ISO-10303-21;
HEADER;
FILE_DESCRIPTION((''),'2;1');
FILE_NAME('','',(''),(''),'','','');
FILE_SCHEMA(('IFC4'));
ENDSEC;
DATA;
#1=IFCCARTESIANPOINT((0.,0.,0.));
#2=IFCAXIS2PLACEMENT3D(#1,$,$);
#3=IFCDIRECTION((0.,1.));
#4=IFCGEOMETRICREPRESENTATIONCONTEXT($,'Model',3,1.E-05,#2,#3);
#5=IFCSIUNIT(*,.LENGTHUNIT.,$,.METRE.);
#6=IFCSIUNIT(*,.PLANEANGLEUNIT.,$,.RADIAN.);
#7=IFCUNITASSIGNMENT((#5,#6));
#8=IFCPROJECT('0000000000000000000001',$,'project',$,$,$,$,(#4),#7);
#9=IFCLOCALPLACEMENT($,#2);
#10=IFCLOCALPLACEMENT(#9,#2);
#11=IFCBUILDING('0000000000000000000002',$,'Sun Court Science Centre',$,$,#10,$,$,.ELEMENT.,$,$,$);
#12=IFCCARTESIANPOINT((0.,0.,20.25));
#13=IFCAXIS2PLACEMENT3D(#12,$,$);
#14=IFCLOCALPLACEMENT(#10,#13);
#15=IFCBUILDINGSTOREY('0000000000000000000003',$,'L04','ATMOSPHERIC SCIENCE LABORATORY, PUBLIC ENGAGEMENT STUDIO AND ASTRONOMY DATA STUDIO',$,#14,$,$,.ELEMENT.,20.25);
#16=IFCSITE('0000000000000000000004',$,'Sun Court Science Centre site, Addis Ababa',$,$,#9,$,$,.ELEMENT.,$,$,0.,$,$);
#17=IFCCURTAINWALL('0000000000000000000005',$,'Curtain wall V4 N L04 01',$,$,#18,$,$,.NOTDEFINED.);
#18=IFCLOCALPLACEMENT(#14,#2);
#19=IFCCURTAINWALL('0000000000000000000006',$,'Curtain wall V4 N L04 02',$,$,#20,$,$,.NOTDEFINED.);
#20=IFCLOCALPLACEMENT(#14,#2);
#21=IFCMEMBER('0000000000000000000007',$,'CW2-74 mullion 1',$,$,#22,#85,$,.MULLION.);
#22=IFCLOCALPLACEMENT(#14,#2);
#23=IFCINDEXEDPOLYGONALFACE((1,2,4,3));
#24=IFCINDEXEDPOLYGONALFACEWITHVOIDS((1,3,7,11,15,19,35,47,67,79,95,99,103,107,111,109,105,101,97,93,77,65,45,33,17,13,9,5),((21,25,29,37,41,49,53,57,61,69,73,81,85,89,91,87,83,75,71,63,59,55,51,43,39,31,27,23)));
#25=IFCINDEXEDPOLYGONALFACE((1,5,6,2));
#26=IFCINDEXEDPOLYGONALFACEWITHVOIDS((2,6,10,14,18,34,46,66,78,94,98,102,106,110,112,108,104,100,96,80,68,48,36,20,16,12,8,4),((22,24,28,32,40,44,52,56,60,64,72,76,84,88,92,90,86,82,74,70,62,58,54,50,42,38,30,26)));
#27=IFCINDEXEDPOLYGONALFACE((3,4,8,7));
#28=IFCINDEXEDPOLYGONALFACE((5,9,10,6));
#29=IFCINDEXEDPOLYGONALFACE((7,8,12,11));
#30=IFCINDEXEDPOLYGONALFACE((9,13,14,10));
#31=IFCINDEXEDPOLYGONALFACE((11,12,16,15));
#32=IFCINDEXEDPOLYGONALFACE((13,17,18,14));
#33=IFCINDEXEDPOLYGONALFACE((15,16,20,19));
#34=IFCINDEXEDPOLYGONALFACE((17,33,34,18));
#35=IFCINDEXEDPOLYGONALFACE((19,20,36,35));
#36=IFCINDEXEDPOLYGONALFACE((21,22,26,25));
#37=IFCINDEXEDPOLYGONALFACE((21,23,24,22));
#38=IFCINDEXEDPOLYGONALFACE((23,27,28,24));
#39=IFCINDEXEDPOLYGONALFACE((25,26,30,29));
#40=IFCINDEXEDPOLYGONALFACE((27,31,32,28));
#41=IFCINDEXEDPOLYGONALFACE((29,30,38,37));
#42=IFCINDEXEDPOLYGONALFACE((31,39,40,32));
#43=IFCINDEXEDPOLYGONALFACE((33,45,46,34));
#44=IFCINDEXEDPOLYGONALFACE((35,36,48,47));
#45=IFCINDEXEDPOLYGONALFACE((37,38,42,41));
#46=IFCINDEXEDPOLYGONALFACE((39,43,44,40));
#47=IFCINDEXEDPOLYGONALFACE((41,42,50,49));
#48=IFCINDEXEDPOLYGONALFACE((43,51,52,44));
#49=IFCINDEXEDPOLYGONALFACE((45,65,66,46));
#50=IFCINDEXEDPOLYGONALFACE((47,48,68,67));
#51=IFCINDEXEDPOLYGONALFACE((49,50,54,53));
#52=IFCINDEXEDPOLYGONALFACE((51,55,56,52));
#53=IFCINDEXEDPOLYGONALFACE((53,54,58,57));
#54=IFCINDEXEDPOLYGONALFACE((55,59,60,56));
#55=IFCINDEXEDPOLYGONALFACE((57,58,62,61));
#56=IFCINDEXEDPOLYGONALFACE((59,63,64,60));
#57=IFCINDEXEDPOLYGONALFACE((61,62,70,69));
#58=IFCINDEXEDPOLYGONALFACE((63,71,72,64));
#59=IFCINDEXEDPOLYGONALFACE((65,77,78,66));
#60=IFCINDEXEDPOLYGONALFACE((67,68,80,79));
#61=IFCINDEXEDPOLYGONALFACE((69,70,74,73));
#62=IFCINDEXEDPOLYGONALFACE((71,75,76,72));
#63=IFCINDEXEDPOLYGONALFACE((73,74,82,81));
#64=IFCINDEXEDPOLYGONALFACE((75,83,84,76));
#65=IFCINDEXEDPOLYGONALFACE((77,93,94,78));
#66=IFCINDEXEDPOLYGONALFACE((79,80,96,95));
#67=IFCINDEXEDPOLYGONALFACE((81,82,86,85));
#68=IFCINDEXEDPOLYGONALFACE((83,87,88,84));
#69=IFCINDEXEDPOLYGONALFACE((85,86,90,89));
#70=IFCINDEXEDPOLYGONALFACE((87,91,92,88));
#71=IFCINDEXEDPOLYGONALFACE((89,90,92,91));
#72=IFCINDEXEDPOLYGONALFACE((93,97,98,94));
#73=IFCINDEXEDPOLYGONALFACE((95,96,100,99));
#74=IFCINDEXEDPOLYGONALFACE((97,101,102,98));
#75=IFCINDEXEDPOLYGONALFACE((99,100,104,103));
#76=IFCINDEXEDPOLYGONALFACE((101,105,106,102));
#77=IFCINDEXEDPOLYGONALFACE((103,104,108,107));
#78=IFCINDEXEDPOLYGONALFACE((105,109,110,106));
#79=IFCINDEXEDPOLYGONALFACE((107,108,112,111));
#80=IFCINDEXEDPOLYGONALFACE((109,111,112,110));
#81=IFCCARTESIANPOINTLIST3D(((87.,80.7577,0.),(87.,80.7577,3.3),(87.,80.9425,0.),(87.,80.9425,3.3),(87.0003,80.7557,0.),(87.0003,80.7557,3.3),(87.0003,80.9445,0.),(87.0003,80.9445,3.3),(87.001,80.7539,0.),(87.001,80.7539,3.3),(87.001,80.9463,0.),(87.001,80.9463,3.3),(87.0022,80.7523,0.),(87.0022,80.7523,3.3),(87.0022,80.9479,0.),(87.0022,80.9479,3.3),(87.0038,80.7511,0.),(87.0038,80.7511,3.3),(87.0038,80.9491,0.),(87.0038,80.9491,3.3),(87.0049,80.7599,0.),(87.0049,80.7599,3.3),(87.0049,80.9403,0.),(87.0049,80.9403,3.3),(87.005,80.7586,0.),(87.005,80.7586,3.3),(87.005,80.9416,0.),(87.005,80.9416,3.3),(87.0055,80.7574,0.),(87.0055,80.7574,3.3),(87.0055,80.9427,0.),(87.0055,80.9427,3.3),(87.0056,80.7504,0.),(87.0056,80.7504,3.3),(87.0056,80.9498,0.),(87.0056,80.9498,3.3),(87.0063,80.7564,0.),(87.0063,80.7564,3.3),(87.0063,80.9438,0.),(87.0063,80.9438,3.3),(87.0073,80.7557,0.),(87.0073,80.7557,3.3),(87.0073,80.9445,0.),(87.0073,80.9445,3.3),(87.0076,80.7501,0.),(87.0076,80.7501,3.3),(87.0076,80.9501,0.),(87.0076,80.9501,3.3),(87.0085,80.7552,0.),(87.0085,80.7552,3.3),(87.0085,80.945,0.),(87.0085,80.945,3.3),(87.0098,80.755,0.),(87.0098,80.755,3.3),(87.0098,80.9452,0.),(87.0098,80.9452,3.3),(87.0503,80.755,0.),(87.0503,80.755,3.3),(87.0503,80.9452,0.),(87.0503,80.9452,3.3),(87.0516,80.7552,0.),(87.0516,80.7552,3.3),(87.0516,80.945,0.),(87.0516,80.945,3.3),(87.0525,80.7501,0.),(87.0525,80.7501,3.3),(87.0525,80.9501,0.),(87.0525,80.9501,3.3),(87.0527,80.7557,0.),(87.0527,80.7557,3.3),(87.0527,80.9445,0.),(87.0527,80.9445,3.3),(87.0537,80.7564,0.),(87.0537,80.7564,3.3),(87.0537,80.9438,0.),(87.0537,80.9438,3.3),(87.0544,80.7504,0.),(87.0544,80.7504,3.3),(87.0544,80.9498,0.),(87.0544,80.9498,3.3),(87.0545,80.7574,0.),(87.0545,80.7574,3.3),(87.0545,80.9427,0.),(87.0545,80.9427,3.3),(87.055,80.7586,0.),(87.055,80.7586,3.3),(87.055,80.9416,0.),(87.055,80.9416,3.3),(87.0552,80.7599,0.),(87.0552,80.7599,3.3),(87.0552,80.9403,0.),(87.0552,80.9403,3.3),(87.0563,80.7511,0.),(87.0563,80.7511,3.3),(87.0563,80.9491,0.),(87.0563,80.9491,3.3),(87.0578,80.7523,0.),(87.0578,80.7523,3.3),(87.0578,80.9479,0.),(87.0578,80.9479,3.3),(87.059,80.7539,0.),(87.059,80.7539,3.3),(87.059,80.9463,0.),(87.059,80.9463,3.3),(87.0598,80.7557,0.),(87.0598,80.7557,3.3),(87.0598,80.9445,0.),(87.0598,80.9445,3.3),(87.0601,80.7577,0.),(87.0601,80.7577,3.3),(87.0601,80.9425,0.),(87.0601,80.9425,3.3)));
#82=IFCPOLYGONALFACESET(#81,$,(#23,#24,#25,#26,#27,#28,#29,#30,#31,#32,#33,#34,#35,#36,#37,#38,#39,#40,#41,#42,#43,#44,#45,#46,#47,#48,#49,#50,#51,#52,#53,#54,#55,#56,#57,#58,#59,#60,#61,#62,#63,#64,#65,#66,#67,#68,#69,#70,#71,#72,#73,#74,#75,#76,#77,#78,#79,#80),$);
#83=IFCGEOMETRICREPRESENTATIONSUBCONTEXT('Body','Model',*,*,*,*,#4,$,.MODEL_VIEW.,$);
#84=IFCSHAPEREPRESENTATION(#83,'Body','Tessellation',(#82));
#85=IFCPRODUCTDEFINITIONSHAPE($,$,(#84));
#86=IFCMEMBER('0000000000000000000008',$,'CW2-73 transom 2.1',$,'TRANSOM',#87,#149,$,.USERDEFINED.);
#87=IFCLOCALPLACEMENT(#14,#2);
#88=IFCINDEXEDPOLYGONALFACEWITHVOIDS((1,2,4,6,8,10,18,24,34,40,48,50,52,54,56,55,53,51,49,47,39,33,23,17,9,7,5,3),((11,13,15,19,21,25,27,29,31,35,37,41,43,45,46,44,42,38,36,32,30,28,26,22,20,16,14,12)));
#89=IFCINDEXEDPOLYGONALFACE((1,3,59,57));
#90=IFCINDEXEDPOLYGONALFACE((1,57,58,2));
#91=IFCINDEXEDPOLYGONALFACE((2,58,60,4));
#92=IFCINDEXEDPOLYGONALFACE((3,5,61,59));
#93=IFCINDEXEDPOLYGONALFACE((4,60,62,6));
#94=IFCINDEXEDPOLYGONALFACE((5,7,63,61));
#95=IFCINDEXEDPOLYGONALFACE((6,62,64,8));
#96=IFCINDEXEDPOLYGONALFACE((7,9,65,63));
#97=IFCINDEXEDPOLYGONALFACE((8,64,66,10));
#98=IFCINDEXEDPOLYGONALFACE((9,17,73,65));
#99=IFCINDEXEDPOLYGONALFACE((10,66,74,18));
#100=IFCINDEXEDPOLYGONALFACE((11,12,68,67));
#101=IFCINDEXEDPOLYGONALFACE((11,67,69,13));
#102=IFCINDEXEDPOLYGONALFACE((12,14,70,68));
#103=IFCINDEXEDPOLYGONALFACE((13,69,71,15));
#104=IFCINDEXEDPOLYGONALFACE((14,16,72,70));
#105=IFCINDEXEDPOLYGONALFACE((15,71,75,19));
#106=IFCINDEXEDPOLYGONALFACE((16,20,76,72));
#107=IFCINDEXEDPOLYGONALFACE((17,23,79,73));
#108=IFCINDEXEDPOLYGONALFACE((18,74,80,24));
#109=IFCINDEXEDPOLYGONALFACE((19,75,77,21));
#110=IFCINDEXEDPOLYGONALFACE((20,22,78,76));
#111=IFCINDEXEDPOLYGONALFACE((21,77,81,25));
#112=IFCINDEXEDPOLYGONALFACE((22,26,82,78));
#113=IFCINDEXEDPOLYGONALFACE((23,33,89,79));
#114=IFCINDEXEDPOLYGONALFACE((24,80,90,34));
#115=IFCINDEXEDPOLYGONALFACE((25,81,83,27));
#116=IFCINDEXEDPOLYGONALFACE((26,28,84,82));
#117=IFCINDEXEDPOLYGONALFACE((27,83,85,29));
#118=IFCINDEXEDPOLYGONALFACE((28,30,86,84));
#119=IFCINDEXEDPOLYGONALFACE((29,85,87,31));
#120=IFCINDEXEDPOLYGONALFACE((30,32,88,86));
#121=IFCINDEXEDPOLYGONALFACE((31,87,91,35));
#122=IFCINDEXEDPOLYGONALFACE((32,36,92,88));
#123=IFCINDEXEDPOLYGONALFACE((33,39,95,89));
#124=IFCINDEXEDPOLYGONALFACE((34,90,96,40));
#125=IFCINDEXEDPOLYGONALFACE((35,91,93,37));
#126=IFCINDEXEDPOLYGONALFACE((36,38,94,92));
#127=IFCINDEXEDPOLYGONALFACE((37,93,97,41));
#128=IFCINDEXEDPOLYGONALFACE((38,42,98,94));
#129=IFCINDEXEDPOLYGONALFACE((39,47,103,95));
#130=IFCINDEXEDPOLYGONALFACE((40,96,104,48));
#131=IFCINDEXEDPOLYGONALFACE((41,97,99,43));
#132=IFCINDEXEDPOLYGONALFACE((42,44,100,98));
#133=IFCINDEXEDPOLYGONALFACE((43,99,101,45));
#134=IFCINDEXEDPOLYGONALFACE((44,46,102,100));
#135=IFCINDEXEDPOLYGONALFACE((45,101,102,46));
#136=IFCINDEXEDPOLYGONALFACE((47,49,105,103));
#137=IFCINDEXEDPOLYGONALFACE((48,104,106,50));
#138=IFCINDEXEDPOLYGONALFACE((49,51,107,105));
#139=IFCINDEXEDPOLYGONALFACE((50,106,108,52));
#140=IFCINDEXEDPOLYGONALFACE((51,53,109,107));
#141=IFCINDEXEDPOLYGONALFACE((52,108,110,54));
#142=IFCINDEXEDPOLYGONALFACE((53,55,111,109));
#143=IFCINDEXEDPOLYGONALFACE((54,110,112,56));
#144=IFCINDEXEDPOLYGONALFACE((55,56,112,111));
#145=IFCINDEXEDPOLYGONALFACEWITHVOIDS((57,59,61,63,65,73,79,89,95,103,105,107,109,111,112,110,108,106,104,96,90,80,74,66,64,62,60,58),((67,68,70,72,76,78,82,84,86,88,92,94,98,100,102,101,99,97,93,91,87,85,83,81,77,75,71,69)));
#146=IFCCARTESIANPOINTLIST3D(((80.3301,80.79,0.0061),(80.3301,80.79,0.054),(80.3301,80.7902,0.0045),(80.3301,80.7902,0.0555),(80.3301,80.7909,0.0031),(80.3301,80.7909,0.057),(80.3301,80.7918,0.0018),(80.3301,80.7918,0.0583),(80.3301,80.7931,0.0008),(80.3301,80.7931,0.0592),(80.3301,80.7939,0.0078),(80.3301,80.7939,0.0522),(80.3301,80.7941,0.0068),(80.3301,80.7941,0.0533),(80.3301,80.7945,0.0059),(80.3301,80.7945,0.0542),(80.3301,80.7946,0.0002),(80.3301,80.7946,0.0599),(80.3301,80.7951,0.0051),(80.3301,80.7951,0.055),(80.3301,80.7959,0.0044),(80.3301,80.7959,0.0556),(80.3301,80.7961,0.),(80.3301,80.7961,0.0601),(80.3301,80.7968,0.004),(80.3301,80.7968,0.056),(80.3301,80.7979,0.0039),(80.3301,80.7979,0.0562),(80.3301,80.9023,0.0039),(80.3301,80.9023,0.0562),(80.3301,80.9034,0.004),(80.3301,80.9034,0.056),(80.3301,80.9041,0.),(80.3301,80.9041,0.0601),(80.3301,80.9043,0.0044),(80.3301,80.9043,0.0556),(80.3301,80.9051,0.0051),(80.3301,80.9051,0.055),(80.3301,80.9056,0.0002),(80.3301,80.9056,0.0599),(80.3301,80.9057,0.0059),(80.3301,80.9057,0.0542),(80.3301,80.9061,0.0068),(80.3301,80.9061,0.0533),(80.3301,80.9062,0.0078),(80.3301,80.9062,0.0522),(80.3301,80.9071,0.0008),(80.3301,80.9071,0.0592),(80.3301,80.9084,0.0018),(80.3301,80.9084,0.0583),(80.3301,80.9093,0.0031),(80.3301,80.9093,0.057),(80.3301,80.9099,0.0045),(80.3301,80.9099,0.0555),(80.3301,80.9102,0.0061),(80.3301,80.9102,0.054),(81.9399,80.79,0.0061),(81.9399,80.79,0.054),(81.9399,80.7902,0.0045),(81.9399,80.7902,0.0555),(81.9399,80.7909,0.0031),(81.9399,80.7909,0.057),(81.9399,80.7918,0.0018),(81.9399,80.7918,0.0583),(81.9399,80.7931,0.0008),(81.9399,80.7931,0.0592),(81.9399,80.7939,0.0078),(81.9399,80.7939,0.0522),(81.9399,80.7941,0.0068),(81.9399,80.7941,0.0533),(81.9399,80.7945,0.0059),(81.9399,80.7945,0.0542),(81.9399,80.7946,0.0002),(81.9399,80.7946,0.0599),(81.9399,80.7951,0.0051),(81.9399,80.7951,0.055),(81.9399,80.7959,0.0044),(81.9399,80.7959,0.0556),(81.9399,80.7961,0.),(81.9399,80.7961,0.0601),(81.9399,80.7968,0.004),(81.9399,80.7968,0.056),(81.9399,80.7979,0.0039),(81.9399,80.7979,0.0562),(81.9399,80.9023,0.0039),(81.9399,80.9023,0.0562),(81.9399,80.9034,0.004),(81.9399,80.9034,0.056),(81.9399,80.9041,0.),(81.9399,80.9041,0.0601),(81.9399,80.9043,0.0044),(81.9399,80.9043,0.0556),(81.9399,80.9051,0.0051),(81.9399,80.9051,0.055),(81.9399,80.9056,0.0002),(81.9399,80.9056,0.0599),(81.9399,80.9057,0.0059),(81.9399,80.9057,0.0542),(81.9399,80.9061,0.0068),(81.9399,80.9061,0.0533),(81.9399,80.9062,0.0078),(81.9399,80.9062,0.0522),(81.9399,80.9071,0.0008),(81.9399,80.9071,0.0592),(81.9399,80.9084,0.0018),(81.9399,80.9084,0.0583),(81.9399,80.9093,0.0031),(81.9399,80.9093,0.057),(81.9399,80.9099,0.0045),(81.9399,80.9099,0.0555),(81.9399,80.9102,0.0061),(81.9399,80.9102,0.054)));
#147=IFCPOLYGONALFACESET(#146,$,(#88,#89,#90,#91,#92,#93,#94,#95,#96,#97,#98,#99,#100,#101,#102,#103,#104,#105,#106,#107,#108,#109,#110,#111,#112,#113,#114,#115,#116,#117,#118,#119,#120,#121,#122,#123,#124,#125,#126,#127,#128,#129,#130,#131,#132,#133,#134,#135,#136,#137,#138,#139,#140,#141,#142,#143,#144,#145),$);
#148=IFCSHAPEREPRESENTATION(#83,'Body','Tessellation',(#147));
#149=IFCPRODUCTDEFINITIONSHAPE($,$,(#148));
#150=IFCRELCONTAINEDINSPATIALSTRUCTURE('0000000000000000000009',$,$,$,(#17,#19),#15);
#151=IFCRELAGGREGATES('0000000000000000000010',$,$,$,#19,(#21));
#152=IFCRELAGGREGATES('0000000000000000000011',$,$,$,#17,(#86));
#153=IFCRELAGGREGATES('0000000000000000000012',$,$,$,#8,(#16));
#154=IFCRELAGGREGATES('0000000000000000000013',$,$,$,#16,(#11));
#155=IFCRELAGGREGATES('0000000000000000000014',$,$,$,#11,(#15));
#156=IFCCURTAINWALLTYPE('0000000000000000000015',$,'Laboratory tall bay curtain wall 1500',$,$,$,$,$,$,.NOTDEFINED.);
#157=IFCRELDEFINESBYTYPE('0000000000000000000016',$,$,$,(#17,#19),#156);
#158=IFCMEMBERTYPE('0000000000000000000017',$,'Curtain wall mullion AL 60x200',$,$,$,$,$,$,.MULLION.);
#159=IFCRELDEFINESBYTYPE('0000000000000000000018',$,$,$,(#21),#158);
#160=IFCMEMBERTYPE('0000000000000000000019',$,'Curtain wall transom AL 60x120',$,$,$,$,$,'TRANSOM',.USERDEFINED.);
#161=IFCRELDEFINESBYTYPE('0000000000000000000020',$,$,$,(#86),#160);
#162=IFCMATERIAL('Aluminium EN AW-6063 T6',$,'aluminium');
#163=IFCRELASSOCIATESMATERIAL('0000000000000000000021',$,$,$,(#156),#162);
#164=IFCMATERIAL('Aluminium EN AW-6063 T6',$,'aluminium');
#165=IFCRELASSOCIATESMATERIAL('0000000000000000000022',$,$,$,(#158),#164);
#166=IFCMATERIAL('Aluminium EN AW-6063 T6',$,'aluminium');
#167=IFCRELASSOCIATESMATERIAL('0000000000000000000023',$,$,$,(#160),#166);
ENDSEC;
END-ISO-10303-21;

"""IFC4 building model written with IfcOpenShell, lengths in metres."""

from ifc_helpers import new_model, si_unit, direction, frame, origin, origin_2d, place, context, subcontext, project, spatial, hollow_rectangle, extrude, material, material_profile, profile_set, type_object, element, aggregate, save


model = new_model("IFC4")

# Units and contexts
model_context = context("Model", 3, precision=1e-05, world=origin(), true_north=direction((0.0, 1.0)))
body_context = subcontext(model_context, "Body", "Model", "MODEL_VIEW")
ifc_project = project(units=[si_unit("LENGTHUNIT", "METRE"), si_unit("PLANEANGLEUNIT", "RADIAN")], contexts=[model_context])

# Site, building, storey
site_placement = place(None, origin())
site = spatial("IfcSite", under=ifc_project, at=site_placement, Name="Sun Court Science Centre site, Addis Ababa", CompositionType="ELEMENT", RefElevation=0.0)
building_placement = place(site_placement, origin())
building = spatial("IfcBuilding", under=site, at=building_placement, Name="Sun Court Science Centre", CompositionType="ELEMENT")
storey_placement = place(building_placement, frame((0.0, 0.0, 20.25)))
storey = spatial("IfcBuildingStorey", under=building, at=storey_placement, Name="L04", Description="ATMOSPHERIC SCIENCE LABORATORY, PUBLIC ENGAGEMENT STUDIO AND ASTRONOMY DATA STUDIO", CompositionType="ELEMENT", Elevation=20.25)

# Curtain wall
ifc_material_1 = material(Name="Aluminium EN AW-6063 T6", Category="aluminium")
curtain_wall_type = type_object("IfcCurtainWallType", Name="Laboratory tall bay curtain wall 1500", PredefinedType="NOTDEFINED", material=ifc_material_1)
curtain_wall_1_placement = place(storey_placement, origin())
curtain_wall_1 = element("IfcCurtainWall", 1, at=curtain_wall_1_placement, inside=storey, type_object=curtain_wall_type, Name="Curtain wall V4 N L04 01", PredefinedType="NOTDEFINED")
ifc_material_2 = material(Name="Aluminium EN AW-6063 T6", Category="aluminium")
ifc_material_profile_1 = material_profile(ifc_material_2, hollow_rectangle(XDim=0.0601, YDim=0.2, WallThickness=0.0049, InnerFilletRadius=0.0049, OuterFilletRadius=0.0076, at=origin_2d()), Name="AL 60x200x5")
ifc_profile_set_1 = profile_set([ifc_material_profile_1], Name="Aluminium EN AW-6063 T6")
member_type_1 = type_object("IfcMemberType", Name="Curtain wall mullion AL 60x200", PredefinedType="MULLION", material=ifc_profile_set_1)

# Curtain wall, member
curtain_wall_2_placement = place(storey_placement, origin())
curtain_wall_2 = element("IfcCurtainWall", 2, at=curtain_wall_2_placement, inside=storey, type_object=curtain_wall_type, Name="Curtain wall V4 N L04 02", PredefinedType="NOTDEFINED")
member_1_placement = place(storey_placement, frame((87.03, 80.8501, 0.0), z_axis=(0.0, 0.0, 1.0), x_axis=(1.0, 0.0, 0.0)))
member_1 = element("IfcMember", 3, at=member_1_placement, type_object=member_type_1, Name="CW2-74 mullion 1", PredefinedType="MULLION", context=body_context, shape_type="SweptSolid", body=[
    extrude(hollow_rectangle(XDim=0.0601, YDim=0.2, WallThickness=0.0049, InnerFilletRadius=0.0049, OuterFilletRadius=0.0076, at=origin_2d()), origin(), (0.0, 0.0, 1.0), 3.3),
])

# Member
ifc_material_3 = material(Name="Aluminium EN AW-6063 T6", Category="aluminium")
ifc_material_profile_2 = material_profile(ifc_material_3, hollow_rectangle(XDim=0.0601, YDim=0.1201, WallThickness=0.0039, InnerFilletRadius=0.0039, OuterFilletRadius=0.0061, at=origin_2d()), Name="AL 60x120x4")
ifc_profile_set_2 = profile_set([ifc_material_profile_2], Name="Aluminium EN AW-6063 T6")
member_type_2 = type_object("IfcMemberType", Name="Curtain wall transom AL 60x120", ElementType="TRANSOM", PredefinedType="USERDEFINED", material=ifc_profile_set_2)
member_2_placement = place(storey_placement, frame((80.3301, 80.8501, 0.03), z_axis=(1.0, 0.0, 0.0), x_axis=(0.0, 0.0, 1.0)))
member_2 = element("IfcMember", 4, at=member_2_placement, type_object=member_type_2, Name="CW2-73 transom 2.1", ObjectType="TRANSOM", PredefinedType="USERDEFINED", context=body_context, shape_type="SweptSolid", body=[
    extrude(hollow_rectangle(XDim=0.0601, YDim=0.1201, WallThickness=0.0039, InnerFilletRadius=0.0039, OuterFilletRadius=0.0061, at=origin_2d()), origin(), (0.0, 0.0, 1.0), 1.6099),
])
aggregate(curtain_wall_2, [member_1])

aggregate(curtain_wall_1, [member_2])

save(model, "model.ifc")
